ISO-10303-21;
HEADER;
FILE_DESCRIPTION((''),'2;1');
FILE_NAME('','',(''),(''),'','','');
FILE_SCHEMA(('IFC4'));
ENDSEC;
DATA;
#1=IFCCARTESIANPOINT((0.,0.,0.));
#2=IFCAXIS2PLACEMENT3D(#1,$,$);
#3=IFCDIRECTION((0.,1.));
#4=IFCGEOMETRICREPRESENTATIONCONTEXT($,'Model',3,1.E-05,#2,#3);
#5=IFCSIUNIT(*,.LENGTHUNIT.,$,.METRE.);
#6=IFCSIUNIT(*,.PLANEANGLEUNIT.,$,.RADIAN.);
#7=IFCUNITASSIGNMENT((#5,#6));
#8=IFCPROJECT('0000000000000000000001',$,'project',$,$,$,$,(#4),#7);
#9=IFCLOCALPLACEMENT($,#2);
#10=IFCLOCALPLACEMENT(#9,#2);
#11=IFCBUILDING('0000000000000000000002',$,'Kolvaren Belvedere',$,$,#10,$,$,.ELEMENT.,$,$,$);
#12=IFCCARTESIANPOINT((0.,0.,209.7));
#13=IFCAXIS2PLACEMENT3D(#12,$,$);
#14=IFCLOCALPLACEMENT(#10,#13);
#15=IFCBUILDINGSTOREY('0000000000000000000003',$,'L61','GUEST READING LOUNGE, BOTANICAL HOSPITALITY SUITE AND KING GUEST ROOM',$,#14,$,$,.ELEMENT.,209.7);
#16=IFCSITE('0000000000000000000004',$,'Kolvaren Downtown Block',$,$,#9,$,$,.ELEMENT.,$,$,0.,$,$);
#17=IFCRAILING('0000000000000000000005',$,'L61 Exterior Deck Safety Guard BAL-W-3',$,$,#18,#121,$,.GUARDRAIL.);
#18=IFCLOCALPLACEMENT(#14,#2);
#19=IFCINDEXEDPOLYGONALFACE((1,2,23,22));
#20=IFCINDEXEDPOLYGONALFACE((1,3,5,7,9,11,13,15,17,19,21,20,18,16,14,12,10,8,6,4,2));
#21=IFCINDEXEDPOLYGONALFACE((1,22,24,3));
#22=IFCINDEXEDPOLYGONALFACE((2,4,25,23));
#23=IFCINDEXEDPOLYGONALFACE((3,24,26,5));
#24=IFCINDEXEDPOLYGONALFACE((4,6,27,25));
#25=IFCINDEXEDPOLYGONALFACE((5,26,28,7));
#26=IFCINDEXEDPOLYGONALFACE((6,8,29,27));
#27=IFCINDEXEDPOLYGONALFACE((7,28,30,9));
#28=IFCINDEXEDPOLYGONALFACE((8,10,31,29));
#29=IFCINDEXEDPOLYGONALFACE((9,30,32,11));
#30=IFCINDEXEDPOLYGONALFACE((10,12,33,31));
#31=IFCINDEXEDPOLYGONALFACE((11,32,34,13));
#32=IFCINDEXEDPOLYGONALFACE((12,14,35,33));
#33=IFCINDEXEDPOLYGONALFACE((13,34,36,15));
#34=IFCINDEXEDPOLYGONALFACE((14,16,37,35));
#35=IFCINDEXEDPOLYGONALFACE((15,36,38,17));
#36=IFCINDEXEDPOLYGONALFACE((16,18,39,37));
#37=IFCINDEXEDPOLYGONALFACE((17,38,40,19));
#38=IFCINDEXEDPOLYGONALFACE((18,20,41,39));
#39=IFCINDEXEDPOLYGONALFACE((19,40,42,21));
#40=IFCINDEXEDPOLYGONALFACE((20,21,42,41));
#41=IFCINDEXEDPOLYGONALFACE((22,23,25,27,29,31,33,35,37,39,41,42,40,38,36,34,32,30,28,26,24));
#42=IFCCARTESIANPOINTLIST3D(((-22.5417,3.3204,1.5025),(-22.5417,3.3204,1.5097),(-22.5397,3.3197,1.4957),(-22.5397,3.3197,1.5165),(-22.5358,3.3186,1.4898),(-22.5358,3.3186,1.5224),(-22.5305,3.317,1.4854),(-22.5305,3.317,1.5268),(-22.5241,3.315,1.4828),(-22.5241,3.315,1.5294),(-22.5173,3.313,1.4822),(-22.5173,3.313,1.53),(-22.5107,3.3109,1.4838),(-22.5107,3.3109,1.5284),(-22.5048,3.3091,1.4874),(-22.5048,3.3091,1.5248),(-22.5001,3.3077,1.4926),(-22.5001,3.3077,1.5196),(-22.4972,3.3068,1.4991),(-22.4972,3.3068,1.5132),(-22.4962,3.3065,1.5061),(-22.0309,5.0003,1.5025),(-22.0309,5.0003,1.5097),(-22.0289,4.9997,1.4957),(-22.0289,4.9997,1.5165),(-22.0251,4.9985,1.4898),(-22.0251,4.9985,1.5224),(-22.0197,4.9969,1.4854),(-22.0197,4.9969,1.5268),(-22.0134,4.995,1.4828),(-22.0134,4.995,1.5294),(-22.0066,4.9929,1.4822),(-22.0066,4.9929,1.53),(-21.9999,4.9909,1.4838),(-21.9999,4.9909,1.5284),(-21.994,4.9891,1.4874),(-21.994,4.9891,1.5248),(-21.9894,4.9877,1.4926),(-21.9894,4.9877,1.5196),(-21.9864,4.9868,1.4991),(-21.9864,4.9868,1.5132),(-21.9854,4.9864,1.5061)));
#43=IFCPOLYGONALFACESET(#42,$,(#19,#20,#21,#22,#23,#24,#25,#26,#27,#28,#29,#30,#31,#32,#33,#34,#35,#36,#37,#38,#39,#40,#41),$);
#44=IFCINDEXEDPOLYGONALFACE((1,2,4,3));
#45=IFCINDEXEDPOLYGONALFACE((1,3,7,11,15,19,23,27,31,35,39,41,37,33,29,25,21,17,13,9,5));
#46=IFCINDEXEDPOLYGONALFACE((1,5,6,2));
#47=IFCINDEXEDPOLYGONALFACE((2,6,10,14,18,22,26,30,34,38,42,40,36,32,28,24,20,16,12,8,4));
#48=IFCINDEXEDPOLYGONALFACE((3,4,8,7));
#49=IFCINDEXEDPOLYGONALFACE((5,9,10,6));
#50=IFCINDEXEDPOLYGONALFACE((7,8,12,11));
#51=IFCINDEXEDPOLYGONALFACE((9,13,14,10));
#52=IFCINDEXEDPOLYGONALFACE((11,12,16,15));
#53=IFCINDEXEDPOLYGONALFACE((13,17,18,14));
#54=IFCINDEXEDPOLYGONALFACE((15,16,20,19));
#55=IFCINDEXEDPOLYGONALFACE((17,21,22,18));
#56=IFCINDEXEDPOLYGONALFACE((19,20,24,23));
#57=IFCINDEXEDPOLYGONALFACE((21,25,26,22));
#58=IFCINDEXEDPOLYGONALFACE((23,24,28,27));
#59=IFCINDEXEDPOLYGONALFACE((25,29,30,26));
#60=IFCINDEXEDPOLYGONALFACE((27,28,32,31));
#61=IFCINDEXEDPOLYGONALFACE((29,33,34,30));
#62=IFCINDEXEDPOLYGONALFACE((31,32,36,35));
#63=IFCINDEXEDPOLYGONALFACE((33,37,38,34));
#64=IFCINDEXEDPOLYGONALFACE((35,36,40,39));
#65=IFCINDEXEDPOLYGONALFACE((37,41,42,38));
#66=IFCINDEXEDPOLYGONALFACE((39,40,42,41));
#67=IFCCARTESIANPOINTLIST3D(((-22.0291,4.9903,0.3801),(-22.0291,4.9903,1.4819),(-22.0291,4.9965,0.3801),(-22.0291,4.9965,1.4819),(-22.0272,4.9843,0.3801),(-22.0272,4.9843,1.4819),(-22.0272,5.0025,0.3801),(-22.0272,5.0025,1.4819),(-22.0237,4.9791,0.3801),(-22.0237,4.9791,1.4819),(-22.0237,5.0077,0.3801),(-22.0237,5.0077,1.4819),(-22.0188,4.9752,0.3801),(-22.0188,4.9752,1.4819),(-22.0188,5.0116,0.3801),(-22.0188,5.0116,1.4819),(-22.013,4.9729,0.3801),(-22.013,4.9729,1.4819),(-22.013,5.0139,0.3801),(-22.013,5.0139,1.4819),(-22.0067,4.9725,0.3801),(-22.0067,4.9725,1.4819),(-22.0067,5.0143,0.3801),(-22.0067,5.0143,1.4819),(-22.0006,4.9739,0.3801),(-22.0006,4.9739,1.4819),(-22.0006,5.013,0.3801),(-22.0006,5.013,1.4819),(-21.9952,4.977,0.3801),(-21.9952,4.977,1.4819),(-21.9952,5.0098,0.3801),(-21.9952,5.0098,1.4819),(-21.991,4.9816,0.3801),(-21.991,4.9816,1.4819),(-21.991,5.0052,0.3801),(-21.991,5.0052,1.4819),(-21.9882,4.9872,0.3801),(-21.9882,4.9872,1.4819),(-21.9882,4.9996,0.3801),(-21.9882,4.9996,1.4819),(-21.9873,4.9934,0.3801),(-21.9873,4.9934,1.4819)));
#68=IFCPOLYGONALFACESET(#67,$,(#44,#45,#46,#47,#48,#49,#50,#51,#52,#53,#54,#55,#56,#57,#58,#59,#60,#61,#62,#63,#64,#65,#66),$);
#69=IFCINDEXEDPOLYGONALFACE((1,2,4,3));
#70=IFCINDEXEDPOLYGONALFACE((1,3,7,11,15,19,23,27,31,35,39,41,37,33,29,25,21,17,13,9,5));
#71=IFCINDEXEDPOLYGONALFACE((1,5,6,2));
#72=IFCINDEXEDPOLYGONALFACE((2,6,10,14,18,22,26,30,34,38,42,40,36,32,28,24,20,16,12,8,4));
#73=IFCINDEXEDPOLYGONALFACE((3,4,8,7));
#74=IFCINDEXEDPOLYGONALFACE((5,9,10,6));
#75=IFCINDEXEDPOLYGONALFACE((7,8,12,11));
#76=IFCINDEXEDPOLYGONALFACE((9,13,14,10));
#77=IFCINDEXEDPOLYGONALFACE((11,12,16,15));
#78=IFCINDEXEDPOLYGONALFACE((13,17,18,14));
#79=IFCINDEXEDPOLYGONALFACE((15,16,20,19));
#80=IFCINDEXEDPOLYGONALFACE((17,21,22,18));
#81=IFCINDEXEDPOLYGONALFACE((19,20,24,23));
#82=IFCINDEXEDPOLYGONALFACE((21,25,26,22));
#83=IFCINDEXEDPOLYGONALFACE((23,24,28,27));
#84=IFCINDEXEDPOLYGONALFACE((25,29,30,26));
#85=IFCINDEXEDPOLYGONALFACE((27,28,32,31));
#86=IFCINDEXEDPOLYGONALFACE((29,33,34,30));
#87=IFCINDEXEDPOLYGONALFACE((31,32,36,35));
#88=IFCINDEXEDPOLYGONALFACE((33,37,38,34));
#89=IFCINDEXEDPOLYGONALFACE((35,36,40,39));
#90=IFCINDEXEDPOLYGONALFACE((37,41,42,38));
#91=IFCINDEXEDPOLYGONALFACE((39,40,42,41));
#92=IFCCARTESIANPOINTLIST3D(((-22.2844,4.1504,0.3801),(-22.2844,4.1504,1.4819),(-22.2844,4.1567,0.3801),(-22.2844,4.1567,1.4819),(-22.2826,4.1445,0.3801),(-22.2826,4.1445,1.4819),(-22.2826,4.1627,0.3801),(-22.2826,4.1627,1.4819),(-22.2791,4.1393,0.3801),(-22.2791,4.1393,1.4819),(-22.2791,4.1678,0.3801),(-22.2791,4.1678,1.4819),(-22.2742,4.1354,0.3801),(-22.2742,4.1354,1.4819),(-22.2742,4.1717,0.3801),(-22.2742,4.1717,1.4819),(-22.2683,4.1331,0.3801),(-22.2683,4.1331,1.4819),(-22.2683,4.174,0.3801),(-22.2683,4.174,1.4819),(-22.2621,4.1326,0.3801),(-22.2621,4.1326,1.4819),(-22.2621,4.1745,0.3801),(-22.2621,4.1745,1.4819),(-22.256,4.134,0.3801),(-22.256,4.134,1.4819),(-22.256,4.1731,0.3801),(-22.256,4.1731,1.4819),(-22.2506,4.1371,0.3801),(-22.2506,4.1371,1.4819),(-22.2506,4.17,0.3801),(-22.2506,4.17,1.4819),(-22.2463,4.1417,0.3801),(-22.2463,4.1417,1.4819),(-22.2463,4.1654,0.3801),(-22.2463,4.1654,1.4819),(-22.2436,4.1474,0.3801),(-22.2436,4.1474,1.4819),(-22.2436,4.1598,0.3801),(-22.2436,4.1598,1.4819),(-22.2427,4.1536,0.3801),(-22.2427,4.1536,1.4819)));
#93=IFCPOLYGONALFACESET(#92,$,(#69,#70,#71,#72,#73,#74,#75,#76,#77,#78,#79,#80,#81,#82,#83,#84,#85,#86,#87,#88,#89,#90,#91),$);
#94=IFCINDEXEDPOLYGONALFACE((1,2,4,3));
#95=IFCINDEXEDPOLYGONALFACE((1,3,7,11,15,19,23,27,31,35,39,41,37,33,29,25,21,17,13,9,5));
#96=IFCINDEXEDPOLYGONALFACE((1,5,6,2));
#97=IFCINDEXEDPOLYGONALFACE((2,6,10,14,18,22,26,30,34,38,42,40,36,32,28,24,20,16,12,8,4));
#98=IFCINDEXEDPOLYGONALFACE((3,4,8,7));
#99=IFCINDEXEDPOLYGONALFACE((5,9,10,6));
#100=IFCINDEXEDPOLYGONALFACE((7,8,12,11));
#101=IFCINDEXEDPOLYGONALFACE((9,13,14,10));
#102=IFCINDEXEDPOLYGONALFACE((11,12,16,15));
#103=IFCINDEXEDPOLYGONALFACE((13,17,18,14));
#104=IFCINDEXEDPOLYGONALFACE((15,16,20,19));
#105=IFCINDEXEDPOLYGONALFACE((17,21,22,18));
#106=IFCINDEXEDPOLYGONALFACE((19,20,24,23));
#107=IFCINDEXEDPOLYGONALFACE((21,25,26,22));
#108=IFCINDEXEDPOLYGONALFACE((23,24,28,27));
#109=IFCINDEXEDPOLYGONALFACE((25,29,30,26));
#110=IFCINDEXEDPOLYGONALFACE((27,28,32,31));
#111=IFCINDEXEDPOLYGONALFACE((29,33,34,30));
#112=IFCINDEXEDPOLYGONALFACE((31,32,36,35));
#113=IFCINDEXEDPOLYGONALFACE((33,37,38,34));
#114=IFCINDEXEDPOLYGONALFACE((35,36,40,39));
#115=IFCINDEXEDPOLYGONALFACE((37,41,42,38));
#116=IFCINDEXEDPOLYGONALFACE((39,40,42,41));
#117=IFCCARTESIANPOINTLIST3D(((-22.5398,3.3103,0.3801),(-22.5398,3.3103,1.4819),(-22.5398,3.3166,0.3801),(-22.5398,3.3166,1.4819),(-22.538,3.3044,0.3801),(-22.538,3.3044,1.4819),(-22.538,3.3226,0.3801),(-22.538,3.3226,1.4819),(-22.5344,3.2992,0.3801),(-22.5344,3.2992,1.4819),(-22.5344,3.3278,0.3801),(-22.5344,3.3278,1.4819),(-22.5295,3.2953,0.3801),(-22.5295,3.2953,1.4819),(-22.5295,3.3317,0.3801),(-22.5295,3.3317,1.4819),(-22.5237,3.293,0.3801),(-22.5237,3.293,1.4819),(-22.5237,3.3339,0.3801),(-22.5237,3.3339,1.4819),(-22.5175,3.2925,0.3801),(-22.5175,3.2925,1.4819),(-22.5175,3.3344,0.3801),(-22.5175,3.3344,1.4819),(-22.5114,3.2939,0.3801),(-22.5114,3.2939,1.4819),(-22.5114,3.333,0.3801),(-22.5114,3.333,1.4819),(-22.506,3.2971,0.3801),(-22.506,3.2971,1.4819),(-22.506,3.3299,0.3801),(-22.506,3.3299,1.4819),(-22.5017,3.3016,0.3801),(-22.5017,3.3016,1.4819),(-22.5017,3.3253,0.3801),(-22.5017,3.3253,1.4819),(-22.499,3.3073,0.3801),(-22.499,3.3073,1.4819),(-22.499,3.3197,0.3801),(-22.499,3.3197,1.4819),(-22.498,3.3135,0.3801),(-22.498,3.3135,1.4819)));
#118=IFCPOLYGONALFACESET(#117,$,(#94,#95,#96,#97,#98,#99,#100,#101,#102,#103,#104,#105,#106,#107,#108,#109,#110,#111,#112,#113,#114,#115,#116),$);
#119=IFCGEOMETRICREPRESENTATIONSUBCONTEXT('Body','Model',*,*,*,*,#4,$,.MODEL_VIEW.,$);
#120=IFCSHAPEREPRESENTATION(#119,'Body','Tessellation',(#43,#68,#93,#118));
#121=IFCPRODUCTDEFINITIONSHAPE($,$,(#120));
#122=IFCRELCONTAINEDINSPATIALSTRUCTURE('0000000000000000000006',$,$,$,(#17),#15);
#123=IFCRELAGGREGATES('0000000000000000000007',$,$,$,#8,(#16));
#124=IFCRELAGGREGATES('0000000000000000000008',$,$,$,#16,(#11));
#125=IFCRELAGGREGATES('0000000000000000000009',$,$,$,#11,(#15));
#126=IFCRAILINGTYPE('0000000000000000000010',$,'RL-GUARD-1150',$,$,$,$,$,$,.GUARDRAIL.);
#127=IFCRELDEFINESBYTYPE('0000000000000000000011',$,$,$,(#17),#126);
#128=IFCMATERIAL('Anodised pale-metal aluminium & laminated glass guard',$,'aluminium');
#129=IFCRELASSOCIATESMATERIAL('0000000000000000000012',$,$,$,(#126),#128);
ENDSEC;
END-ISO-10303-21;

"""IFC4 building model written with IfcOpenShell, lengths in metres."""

from ifc_helpers import new_model, si_unit, direction, frame, origin, origin_2d, place, context, subcontext, project, spatial, circle, extrude, material, type_object, element, save


model = new_model("IFC4")

# Units and contexts
model_context = context("Model", 3, precision=1e-05, world=origin(), true_north=direction((0.0, 1.0)))
body_context = subcontext(model_context, "Body", "Model", "MODEL_VIEW")
ifc_project = project(units=[si_unit("LENGTHUNIT", "METRE"), si_unit("PLANEANGLEUNIT", "RADIAN")], contexts=[model_context])

# Site, building, storey
site_placement = place(None, origin())
site = spatial("IfcSite", under=ifc_project, at=site_placement, Name="Kolvaren Downtown Block", CompositionType="ELEMENT", RefElevation=0.0)
building_placement = place(site_placement, origin())
building = spatial("IfcBuilding", under=site, at=building_placement, Name="Kolvaren Belvedere", CompositionType="ELEMENT")
storey_placement = place(building_placement, frame((0.0, 0.0, 209.7)))
storey = spatial("IfcBuildingStorey", under=building, at=storey_placement, Name="L61", Description="GUEST READING LOUNGE, BOTANICAL HOSPITALITY SUITE AND KING GUEST ROOM", CompositionType="ELEMENT", Elevation=209.7)

# Railing
ifc_material_1 = material(Name="Anodised pale-metal aluminium & laminated glass guard", Category="aluminium")
railing_type = type_object("IfcRailingType", Name="RL-GUARD-1150", PredefinedType="GUARDRAIL", material=ifc_material_1)
railing_1_placement = place(storey_placement, frame((-22.0083, 4.9934, 0.3801)))
element("IfcRailing", 1, at=railing_1_placement, inside=storey, type_object=railing_type, Name="L61 Exterior Deck Safety Guard BAL-W-3", PredefinedType="GUARDRAIL", context=body_context, shape_type="SweptSolid", body=[
    extrude(circle(Radius=0.0239, at=origin_2d()), frame((0.0, 0.0, 1.126), z_axis=(-0.290879, -0.95676, 0.0), x_axis=(0.95676, -0.290879, 0.0)), (0.0, 0.0, 1.0), 1.7559),
    extrude(circle(Radius=0.021, at=origin_2d()), origin(), (0.0, 0.0, 1.0), 1.1018),
    extrude(circle(Radius=0.021, at=origin_2d()), frame((-0.2554, -0.8398, 0.0)), (0.0, 0.0, 1.0), 1.1018),
    extrude(circle(Radius=0.021, at=origin_2d()), frame((-0.5107, -1.6799, 0.0)), (0.0, 0.0, 1.0), 1.1018),
])

save(model, "model.ifc")
